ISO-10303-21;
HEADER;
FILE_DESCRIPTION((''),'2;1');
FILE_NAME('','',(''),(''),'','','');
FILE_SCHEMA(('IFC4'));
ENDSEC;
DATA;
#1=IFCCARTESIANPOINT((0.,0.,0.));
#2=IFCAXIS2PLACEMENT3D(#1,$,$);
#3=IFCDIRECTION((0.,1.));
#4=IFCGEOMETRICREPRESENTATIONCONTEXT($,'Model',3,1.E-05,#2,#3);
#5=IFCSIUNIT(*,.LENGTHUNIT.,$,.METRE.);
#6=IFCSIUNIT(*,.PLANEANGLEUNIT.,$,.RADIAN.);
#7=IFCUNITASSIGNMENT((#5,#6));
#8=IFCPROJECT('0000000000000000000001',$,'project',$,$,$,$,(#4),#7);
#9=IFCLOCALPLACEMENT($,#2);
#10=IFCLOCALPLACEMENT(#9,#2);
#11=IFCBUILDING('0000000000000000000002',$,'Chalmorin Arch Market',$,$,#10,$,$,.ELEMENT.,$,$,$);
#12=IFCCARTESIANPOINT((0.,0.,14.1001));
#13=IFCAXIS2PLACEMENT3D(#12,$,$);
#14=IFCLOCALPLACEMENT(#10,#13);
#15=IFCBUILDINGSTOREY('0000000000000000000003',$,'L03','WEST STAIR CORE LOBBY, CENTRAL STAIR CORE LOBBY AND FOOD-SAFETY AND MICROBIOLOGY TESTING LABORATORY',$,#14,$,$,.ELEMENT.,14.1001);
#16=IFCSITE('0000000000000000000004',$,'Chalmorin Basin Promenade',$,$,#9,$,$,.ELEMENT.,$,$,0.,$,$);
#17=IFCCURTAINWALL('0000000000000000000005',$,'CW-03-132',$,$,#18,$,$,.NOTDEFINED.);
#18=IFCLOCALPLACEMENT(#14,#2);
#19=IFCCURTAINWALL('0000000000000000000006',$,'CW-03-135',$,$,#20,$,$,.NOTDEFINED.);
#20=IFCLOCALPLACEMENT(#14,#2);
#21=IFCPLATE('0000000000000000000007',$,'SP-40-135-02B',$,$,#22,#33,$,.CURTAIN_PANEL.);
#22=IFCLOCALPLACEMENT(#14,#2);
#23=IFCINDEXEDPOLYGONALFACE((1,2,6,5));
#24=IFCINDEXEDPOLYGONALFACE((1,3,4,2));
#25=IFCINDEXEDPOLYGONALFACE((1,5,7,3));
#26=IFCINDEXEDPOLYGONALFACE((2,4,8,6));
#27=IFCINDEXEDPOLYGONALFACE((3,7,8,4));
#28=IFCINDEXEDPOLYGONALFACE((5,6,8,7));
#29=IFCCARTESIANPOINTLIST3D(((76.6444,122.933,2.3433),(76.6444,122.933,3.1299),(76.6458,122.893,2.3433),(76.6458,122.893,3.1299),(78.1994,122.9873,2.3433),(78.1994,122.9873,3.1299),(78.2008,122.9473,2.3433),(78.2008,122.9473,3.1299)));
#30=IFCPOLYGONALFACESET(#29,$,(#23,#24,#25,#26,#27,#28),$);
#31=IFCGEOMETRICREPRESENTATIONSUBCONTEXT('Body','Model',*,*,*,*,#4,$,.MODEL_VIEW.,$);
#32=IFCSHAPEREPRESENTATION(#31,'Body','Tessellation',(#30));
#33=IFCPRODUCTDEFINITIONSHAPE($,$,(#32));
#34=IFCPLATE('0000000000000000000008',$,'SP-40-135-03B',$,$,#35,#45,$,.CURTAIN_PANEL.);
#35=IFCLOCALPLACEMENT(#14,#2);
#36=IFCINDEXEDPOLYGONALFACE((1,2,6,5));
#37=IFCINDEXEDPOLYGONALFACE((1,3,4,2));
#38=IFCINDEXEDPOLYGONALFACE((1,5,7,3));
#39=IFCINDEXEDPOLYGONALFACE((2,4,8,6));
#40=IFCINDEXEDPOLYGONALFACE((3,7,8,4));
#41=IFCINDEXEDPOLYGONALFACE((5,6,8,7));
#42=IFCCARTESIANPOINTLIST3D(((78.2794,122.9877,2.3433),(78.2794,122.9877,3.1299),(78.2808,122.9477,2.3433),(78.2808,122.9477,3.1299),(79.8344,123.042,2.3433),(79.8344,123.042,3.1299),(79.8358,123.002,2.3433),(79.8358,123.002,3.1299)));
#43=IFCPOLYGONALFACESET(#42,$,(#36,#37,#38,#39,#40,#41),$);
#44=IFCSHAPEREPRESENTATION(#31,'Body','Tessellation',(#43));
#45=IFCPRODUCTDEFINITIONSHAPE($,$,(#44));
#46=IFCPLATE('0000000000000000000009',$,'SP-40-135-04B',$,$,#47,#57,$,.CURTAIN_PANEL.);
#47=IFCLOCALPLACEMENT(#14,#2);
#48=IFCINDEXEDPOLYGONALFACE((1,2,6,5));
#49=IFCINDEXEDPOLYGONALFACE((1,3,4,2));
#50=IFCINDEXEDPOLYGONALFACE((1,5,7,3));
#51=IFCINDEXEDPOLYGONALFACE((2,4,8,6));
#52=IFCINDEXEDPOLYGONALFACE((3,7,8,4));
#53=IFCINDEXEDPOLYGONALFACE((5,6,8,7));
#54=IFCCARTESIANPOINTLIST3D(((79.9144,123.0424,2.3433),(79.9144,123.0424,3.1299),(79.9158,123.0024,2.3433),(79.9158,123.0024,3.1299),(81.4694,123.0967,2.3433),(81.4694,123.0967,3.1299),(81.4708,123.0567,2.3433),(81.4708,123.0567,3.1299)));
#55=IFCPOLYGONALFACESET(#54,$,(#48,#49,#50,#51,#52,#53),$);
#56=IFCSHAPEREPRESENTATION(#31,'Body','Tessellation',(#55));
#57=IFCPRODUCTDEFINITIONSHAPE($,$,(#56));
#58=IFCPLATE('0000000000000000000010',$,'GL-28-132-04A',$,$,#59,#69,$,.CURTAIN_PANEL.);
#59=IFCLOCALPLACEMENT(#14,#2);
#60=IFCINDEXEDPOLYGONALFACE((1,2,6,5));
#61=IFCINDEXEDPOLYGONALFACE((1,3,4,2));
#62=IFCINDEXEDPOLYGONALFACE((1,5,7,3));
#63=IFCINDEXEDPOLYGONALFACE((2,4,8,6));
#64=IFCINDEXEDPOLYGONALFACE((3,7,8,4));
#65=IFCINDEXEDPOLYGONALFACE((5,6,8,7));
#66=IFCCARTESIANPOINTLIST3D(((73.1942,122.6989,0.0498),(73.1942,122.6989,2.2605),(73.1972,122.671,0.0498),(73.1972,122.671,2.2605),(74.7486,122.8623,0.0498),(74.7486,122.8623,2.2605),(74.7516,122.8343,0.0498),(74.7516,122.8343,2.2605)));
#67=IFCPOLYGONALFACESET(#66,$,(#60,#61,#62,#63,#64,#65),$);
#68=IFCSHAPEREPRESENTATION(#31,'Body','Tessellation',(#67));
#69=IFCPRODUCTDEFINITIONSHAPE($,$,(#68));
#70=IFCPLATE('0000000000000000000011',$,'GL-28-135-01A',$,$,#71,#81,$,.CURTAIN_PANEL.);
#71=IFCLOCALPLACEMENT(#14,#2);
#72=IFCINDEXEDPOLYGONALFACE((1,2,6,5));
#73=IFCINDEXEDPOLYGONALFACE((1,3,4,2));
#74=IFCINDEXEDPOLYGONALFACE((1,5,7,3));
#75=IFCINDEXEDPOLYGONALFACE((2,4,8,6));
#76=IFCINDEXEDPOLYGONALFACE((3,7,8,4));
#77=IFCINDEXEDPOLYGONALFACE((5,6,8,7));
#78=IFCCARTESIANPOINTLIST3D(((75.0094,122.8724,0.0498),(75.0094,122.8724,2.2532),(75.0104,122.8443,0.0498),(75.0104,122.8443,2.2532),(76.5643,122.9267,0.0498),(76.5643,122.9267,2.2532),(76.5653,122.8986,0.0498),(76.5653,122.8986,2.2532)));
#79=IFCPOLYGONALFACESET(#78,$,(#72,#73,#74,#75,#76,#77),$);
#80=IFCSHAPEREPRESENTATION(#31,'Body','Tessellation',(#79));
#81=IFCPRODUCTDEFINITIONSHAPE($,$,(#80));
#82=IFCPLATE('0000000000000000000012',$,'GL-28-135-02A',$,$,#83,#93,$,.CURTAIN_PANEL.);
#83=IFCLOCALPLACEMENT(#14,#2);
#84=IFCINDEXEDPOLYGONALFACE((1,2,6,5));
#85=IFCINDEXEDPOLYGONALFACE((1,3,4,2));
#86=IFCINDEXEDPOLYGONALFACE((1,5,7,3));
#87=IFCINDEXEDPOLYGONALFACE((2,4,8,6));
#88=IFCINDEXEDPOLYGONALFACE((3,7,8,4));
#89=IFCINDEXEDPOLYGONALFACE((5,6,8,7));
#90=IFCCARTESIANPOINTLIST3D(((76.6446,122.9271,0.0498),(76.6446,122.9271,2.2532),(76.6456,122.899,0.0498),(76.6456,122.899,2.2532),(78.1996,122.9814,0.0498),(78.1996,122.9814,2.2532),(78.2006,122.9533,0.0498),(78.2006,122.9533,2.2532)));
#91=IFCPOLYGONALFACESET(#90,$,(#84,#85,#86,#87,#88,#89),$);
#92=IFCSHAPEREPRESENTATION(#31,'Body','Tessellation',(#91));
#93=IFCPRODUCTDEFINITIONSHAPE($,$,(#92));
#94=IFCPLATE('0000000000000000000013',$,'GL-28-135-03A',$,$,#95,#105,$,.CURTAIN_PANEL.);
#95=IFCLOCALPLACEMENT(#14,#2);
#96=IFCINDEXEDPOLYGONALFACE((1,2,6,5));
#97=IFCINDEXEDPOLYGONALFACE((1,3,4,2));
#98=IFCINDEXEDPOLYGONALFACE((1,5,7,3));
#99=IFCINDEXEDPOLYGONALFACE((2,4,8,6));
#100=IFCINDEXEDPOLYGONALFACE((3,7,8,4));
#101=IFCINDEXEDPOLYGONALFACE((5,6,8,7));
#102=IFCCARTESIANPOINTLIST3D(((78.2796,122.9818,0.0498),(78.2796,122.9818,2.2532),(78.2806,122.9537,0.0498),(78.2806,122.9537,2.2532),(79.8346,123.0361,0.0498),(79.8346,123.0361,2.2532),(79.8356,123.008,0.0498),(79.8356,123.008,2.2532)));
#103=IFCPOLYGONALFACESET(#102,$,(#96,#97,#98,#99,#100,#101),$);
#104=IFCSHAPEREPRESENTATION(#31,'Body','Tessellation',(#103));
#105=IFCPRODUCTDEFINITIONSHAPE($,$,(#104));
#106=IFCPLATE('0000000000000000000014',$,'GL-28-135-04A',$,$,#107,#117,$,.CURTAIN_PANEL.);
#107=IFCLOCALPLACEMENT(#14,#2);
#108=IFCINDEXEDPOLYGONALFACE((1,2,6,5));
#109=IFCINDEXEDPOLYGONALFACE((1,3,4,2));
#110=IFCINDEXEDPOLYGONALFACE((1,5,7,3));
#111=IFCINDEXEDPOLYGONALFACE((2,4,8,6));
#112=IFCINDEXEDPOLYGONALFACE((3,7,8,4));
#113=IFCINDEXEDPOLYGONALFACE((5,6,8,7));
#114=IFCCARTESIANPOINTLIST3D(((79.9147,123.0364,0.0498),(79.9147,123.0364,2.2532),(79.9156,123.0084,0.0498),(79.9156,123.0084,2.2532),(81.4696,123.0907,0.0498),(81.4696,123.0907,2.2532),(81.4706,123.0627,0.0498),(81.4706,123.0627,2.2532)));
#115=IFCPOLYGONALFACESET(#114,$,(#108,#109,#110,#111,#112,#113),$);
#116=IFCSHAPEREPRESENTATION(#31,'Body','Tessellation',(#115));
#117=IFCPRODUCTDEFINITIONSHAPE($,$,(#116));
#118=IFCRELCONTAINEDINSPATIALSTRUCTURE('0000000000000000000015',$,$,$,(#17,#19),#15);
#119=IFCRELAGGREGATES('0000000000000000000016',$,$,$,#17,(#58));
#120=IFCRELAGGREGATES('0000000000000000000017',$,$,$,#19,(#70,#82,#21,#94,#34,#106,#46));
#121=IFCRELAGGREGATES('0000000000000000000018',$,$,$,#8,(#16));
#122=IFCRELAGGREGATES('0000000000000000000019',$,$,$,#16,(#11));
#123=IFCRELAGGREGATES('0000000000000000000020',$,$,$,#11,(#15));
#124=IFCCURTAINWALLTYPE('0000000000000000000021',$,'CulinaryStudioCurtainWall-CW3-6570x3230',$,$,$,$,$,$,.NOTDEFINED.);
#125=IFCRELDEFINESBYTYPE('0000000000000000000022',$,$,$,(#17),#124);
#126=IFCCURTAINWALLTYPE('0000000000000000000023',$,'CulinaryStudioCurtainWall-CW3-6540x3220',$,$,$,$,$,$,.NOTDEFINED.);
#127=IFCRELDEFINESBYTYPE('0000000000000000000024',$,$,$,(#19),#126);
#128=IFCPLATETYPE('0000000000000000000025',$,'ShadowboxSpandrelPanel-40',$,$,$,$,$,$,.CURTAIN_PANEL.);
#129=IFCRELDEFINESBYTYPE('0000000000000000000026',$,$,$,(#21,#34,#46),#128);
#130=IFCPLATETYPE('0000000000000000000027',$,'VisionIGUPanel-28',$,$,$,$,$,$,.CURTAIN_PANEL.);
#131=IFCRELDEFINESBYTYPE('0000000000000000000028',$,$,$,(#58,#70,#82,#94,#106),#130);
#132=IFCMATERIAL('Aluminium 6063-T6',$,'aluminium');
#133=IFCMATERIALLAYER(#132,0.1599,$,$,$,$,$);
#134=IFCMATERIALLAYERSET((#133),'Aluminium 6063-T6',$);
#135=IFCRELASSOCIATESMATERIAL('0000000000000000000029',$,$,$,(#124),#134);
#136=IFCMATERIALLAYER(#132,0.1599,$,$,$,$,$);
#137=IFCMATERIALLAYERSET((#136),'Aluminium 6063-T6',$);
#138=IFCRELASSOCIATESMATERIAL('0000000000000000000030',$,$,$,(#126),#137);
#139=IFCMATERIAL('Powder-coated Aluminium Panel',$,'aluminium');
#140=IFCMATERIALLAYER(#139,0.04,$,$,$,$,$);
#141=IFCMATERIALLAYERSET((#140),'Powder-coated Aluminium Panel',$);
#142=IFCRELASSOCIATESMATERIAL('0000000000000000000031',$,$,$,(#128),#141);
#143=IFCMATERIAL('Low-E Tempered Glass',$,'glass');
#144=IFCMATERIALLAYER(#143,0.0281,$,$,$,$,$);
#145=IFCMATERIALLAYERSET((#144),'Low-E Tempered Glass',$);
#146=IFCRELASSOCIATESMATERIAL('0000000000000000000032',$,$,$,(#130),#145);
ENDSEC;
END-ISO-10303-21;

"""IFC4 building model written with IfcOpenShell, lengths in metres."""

from ifc_helpers import new_model, si_unit, direction, frame, origin, origin_2d, place, context, subcontext, project, spatial, rectangle, extrude, material, layer, layer_set, type_object, element, aggregate, save


model = new_model("IFC4")

# Units and contexts
model_context = context("Model", 3, precision=1e-05, world=origin(), true_north=direction((0.0, 1.0)))
body_context = subcontext(model_context, "Body", "Model", "MODEL_VIEW")
ifc_project = project(units=[si_unit("LENGTHUNIT", "METRE"), si_unit("PLANEANGLEUNIT", "RADIAN")], contexts=[model_context])

# Site, building, storey
site_placement = place(None, origin())
site = spatial("IfcSite", under=ifc_project, at=site_placement, Name="Chalmorin Basin Promenade", CompositionType="ELEMENT", RefElevation=0.0)
building_placement = place(site_placement, origin())
building = spatial("IfcBuilding", under=site, at=building_placement, Name="Chalmorin Arch Market", CompositionType="ELEMENT")
storey_placement = place(building_placement, frame((0.0, 0.0, 14.1001)))
storey = spatial("IfcBuildingStorey", under=building, at=storey_placement, Name="L03", Description="WEST STAIR CORE LOBBY, CENTRAL STAIR CORE LOBBY AND FOOD-SAFETY AND MICROBIOLOGY TESTING LABORATORY", CompositionType="ELEMENT", Elevation=14.1001)

# Curtain walls
ifc_material_1 = material(Name="Aluminium 6063-T6", Category="aluminium")
ifc_layer_1 = layer(ifc_material_1, 0.1599)
ifc_layer_set_1 = layer_set([ifc_layer_1], Name="Aluminium 6063-T6")
curtain_wall_type_1 = type_object("IfcCurtainWallType", Name="CulinaryStudioCurtainWall-CW3-6570x3230", PredefinedType="NOTDEFINED", material=ifc_layer_set_1)
curtain_wall_1_placement = place(storey_placement, origin())
curtain_wall_1 = element("IfcCurtainWall", 1, at=curtain_wall_1_placement, inside=storey, type_object=curtain_wall_type_1, Name="CW-03-132", PredefinedType="NOTDEFINED")
ifc_layer_2 = layer(ifc_material_1, 0.1599)
ifc_layer_set_2 = layer_set([ifc_layer_2], Name="Aluminium 6063-T6")
curtain_wall_type_2 = type_object("IfcCurtainWallType", Name="CulinaryStudioCurtainWall-CW3-6540x3220", PredefinedType="NOTDEFINED", material=ifc_layer_set_2)
curtain_wall_2_placement = place(storey_placement, origin())
curtain_wall_2 = element("IfcCurtainWall", 2, at=curtain_wall_2_placement, inside=storey, type_object=curtain_wall_type_2, Name="CW-03-135", PredefinedType="NOTDEFINED")

# Plates
ifc_material_2 = material(Name="Powder-coated Aluminium Panel", Category="aluminium")
ifc_layer_3 = layer(ifc_material_2, 0.04)
ifc_layer_set_3 = layer_set([ifc_layer_3], Name="Powder-coated Aluminium Panel")
plate_type_1 = type_object("IfcPlateType", Name="ShadowboxSpandrelPanel-40", PredefinedType="CURTAIN_PANEL", material=ifc_layer_set_3)
plate_1_placement = place(storey_placement, frame((77.4226, 122.9402, 2.3433), z_axis=(0.0, 0.0, 1.0), x_axis=(0.999391, 0.034899, 0.0)))
plate_1 = element("IfcPlate", 3, at=plate_1_placement, type_object=plate_type_1, Name="SP-40-135-02B", PredefinedType="CURTAIN_PANEL", context=body_context, shape_type="SweptSolid", body=[
    extrude(rectangle(XDim=1.5559, YDim=0.04, at=origin_2d()), origin(), (0.0, 0.0, 1.0), 0.7866),
])
plate_2_placement = place(storey_placement, frame((79.0576, 122.9949, 2.3433), z_axis=(0.0, 0.0, 1.0), x_axis=(0.999391, 0.034899, 0.0)))
plate_2 = element("IfcPlate", 4, at=plate_2_placement, type_object=plate_type_1, Name="SP-40-135-03B", PredefinedType="CURTAIN_PANEL", context=body_context, shape_type="SweptSolid", body=[
    extrude(rectangle(XDim=1.5559, YDim=0.04, at=origin_2d()), origin(), (0.0, 0.0, 1.0), 0.7866),
])
plate_3_placement = place(storey_placement, frame((80.6926, 123.0496, 2.3433), z_axis=(0.0, 0.0, 1.0), x_axis=(0.999391, 0.034899, 0.0)))
plate_3 = element("IfcPlate", 5, at=plate_3_placement, type_object=plate_type_1, Name="SP-40-135-04B", PredefinedType="CURTAIN_PANEL", context=body_context, shape_type="SweptSolid", body=[
    extrude(rectangle(XDim=1.5559, YDim=0.04, at=origin_2d()), origin(), (0.0, 0.0, 1.0), 0.7866),
])
ifc_material_3 = material(Name="Low-E Tempered Glass", Category="glass")
ifc_layer_4 = layer(ifc_material_3, 0.0281)
ifc_layer_set_4 = layer_set([ifc_layer_4], Name="Low-E Tempered Glass")
plate_type_2 = type_object("IfcPlateType", Name="VisionIGUPanel-28", PredefinedType="CURTAIN_PANEL", material=ifc_layer_set_4)
plate_4_placement = place(storey_placement, frame((73.9729, 122.7666, 0.0498), z_axis=(0.0, 0.0, 1.0), x_axis=(0.994522, 0.104528, 0.0)))
plate_4 = element("IfcPlate", 6, at=plate_4_placement, type_object=plate_type_2, Name="GL-28-132-04A", PredefinedType="CURTAIN_PANEL", context=body_context, shape_type="SweptSolid", body=[
    extrude(rectangle(XDim=1.563, YDim=0.0281, at=origin_2d()), origin(), (0.0, 0.0, 1.0), 2.2107),
])
aggregate(curtain_wall_1, [plate_4])
plate_5_placement = place(storey_placement, frame((75.7874, 122.8855, 0.0498), z_axis=(0.0, 0.0, 1.0), x_axis=(0.999391, 0.034899, 0.0)))
plate_5 = element("IfcPlate", 7, at=plate_5_placement, type_object=plate_type_2, Name="GL-28-135-01A", PredefinedType="CURTAIN_PANEL", context=body_context, shape_type="SweptSolid", body=[
    extrude(rectangle(XDim=1.5559, YDim=0.0281, at=origin_2d()), origin(), (0.0, 0.0, 1.0), 2.2034),
])
plate_6_placement = place(storey_placement, frame((77.4226, 122.9402, 0.0498), z_axis=(0.0, 0.0, 1.0), x_axis=(0.999391, 0.034899, 0.0)))
plate_6 = element("IfcPlate", 8, at=plate_6_placement, type_object=plate_type_2, Name="GL-28-135-02A", PredefinedType="CURTAIN_PANEL", context=body_context, shape_type="SweptSolid", body=[
    extrude(rectangle(XDim=1.5559, YDim=0.0281, at=origin_2d()), origin(), (0.0, 0.0, 1.0), 2.2034),
])
plate_7_placement = place(storey_placement, frame((79.0576, 122.9949, 0.0498), z_axis=(0.0, 0.0, 1.0), x_axis=(0.999391, 0.034899, 0.0)))
plate_7 = element("IfcPlate", 9, at=plate_7_placement, type_object=plate_type_2, Name="GL-28-135-03A", PredefinedType="CURTAIN_PANEL", context=body_context, shape_type="SweptSolid", body=[
    extrude(rectangle(XDim=1.5559, YDim=0.0281, at=origin_2d()), origin(), (0.0, 0.0, 1.0), 2.2034),
])
plate_8_placement = place(storey_placement, frame((80.6926, 123.0496, 0.0498), z_axis=(0.0, 0.0, 1.0), x_axis=(0.999391, 0.034899, 0.0)))
plate_8 = element("IfcPlate", 10, at=plate_8_placement, type_object=plate_type_2, Name="GL-28-135-04A", PredefinedType="CURTAIN_PANEL", context=body_context, shape_type="SweptSolid", body=[
    extrude(rectangle(XDim=1.5559, YDim=0.0281, at=origin_2d()), origin(), (0.0, 0.0, 1.0), 2.2034),
])
aggregate(curtain_wall_2, [plate_5, plate_6, plate_1, plate_7, plate_2, plate_8, plate_3])

save(model, "model.ifc")
